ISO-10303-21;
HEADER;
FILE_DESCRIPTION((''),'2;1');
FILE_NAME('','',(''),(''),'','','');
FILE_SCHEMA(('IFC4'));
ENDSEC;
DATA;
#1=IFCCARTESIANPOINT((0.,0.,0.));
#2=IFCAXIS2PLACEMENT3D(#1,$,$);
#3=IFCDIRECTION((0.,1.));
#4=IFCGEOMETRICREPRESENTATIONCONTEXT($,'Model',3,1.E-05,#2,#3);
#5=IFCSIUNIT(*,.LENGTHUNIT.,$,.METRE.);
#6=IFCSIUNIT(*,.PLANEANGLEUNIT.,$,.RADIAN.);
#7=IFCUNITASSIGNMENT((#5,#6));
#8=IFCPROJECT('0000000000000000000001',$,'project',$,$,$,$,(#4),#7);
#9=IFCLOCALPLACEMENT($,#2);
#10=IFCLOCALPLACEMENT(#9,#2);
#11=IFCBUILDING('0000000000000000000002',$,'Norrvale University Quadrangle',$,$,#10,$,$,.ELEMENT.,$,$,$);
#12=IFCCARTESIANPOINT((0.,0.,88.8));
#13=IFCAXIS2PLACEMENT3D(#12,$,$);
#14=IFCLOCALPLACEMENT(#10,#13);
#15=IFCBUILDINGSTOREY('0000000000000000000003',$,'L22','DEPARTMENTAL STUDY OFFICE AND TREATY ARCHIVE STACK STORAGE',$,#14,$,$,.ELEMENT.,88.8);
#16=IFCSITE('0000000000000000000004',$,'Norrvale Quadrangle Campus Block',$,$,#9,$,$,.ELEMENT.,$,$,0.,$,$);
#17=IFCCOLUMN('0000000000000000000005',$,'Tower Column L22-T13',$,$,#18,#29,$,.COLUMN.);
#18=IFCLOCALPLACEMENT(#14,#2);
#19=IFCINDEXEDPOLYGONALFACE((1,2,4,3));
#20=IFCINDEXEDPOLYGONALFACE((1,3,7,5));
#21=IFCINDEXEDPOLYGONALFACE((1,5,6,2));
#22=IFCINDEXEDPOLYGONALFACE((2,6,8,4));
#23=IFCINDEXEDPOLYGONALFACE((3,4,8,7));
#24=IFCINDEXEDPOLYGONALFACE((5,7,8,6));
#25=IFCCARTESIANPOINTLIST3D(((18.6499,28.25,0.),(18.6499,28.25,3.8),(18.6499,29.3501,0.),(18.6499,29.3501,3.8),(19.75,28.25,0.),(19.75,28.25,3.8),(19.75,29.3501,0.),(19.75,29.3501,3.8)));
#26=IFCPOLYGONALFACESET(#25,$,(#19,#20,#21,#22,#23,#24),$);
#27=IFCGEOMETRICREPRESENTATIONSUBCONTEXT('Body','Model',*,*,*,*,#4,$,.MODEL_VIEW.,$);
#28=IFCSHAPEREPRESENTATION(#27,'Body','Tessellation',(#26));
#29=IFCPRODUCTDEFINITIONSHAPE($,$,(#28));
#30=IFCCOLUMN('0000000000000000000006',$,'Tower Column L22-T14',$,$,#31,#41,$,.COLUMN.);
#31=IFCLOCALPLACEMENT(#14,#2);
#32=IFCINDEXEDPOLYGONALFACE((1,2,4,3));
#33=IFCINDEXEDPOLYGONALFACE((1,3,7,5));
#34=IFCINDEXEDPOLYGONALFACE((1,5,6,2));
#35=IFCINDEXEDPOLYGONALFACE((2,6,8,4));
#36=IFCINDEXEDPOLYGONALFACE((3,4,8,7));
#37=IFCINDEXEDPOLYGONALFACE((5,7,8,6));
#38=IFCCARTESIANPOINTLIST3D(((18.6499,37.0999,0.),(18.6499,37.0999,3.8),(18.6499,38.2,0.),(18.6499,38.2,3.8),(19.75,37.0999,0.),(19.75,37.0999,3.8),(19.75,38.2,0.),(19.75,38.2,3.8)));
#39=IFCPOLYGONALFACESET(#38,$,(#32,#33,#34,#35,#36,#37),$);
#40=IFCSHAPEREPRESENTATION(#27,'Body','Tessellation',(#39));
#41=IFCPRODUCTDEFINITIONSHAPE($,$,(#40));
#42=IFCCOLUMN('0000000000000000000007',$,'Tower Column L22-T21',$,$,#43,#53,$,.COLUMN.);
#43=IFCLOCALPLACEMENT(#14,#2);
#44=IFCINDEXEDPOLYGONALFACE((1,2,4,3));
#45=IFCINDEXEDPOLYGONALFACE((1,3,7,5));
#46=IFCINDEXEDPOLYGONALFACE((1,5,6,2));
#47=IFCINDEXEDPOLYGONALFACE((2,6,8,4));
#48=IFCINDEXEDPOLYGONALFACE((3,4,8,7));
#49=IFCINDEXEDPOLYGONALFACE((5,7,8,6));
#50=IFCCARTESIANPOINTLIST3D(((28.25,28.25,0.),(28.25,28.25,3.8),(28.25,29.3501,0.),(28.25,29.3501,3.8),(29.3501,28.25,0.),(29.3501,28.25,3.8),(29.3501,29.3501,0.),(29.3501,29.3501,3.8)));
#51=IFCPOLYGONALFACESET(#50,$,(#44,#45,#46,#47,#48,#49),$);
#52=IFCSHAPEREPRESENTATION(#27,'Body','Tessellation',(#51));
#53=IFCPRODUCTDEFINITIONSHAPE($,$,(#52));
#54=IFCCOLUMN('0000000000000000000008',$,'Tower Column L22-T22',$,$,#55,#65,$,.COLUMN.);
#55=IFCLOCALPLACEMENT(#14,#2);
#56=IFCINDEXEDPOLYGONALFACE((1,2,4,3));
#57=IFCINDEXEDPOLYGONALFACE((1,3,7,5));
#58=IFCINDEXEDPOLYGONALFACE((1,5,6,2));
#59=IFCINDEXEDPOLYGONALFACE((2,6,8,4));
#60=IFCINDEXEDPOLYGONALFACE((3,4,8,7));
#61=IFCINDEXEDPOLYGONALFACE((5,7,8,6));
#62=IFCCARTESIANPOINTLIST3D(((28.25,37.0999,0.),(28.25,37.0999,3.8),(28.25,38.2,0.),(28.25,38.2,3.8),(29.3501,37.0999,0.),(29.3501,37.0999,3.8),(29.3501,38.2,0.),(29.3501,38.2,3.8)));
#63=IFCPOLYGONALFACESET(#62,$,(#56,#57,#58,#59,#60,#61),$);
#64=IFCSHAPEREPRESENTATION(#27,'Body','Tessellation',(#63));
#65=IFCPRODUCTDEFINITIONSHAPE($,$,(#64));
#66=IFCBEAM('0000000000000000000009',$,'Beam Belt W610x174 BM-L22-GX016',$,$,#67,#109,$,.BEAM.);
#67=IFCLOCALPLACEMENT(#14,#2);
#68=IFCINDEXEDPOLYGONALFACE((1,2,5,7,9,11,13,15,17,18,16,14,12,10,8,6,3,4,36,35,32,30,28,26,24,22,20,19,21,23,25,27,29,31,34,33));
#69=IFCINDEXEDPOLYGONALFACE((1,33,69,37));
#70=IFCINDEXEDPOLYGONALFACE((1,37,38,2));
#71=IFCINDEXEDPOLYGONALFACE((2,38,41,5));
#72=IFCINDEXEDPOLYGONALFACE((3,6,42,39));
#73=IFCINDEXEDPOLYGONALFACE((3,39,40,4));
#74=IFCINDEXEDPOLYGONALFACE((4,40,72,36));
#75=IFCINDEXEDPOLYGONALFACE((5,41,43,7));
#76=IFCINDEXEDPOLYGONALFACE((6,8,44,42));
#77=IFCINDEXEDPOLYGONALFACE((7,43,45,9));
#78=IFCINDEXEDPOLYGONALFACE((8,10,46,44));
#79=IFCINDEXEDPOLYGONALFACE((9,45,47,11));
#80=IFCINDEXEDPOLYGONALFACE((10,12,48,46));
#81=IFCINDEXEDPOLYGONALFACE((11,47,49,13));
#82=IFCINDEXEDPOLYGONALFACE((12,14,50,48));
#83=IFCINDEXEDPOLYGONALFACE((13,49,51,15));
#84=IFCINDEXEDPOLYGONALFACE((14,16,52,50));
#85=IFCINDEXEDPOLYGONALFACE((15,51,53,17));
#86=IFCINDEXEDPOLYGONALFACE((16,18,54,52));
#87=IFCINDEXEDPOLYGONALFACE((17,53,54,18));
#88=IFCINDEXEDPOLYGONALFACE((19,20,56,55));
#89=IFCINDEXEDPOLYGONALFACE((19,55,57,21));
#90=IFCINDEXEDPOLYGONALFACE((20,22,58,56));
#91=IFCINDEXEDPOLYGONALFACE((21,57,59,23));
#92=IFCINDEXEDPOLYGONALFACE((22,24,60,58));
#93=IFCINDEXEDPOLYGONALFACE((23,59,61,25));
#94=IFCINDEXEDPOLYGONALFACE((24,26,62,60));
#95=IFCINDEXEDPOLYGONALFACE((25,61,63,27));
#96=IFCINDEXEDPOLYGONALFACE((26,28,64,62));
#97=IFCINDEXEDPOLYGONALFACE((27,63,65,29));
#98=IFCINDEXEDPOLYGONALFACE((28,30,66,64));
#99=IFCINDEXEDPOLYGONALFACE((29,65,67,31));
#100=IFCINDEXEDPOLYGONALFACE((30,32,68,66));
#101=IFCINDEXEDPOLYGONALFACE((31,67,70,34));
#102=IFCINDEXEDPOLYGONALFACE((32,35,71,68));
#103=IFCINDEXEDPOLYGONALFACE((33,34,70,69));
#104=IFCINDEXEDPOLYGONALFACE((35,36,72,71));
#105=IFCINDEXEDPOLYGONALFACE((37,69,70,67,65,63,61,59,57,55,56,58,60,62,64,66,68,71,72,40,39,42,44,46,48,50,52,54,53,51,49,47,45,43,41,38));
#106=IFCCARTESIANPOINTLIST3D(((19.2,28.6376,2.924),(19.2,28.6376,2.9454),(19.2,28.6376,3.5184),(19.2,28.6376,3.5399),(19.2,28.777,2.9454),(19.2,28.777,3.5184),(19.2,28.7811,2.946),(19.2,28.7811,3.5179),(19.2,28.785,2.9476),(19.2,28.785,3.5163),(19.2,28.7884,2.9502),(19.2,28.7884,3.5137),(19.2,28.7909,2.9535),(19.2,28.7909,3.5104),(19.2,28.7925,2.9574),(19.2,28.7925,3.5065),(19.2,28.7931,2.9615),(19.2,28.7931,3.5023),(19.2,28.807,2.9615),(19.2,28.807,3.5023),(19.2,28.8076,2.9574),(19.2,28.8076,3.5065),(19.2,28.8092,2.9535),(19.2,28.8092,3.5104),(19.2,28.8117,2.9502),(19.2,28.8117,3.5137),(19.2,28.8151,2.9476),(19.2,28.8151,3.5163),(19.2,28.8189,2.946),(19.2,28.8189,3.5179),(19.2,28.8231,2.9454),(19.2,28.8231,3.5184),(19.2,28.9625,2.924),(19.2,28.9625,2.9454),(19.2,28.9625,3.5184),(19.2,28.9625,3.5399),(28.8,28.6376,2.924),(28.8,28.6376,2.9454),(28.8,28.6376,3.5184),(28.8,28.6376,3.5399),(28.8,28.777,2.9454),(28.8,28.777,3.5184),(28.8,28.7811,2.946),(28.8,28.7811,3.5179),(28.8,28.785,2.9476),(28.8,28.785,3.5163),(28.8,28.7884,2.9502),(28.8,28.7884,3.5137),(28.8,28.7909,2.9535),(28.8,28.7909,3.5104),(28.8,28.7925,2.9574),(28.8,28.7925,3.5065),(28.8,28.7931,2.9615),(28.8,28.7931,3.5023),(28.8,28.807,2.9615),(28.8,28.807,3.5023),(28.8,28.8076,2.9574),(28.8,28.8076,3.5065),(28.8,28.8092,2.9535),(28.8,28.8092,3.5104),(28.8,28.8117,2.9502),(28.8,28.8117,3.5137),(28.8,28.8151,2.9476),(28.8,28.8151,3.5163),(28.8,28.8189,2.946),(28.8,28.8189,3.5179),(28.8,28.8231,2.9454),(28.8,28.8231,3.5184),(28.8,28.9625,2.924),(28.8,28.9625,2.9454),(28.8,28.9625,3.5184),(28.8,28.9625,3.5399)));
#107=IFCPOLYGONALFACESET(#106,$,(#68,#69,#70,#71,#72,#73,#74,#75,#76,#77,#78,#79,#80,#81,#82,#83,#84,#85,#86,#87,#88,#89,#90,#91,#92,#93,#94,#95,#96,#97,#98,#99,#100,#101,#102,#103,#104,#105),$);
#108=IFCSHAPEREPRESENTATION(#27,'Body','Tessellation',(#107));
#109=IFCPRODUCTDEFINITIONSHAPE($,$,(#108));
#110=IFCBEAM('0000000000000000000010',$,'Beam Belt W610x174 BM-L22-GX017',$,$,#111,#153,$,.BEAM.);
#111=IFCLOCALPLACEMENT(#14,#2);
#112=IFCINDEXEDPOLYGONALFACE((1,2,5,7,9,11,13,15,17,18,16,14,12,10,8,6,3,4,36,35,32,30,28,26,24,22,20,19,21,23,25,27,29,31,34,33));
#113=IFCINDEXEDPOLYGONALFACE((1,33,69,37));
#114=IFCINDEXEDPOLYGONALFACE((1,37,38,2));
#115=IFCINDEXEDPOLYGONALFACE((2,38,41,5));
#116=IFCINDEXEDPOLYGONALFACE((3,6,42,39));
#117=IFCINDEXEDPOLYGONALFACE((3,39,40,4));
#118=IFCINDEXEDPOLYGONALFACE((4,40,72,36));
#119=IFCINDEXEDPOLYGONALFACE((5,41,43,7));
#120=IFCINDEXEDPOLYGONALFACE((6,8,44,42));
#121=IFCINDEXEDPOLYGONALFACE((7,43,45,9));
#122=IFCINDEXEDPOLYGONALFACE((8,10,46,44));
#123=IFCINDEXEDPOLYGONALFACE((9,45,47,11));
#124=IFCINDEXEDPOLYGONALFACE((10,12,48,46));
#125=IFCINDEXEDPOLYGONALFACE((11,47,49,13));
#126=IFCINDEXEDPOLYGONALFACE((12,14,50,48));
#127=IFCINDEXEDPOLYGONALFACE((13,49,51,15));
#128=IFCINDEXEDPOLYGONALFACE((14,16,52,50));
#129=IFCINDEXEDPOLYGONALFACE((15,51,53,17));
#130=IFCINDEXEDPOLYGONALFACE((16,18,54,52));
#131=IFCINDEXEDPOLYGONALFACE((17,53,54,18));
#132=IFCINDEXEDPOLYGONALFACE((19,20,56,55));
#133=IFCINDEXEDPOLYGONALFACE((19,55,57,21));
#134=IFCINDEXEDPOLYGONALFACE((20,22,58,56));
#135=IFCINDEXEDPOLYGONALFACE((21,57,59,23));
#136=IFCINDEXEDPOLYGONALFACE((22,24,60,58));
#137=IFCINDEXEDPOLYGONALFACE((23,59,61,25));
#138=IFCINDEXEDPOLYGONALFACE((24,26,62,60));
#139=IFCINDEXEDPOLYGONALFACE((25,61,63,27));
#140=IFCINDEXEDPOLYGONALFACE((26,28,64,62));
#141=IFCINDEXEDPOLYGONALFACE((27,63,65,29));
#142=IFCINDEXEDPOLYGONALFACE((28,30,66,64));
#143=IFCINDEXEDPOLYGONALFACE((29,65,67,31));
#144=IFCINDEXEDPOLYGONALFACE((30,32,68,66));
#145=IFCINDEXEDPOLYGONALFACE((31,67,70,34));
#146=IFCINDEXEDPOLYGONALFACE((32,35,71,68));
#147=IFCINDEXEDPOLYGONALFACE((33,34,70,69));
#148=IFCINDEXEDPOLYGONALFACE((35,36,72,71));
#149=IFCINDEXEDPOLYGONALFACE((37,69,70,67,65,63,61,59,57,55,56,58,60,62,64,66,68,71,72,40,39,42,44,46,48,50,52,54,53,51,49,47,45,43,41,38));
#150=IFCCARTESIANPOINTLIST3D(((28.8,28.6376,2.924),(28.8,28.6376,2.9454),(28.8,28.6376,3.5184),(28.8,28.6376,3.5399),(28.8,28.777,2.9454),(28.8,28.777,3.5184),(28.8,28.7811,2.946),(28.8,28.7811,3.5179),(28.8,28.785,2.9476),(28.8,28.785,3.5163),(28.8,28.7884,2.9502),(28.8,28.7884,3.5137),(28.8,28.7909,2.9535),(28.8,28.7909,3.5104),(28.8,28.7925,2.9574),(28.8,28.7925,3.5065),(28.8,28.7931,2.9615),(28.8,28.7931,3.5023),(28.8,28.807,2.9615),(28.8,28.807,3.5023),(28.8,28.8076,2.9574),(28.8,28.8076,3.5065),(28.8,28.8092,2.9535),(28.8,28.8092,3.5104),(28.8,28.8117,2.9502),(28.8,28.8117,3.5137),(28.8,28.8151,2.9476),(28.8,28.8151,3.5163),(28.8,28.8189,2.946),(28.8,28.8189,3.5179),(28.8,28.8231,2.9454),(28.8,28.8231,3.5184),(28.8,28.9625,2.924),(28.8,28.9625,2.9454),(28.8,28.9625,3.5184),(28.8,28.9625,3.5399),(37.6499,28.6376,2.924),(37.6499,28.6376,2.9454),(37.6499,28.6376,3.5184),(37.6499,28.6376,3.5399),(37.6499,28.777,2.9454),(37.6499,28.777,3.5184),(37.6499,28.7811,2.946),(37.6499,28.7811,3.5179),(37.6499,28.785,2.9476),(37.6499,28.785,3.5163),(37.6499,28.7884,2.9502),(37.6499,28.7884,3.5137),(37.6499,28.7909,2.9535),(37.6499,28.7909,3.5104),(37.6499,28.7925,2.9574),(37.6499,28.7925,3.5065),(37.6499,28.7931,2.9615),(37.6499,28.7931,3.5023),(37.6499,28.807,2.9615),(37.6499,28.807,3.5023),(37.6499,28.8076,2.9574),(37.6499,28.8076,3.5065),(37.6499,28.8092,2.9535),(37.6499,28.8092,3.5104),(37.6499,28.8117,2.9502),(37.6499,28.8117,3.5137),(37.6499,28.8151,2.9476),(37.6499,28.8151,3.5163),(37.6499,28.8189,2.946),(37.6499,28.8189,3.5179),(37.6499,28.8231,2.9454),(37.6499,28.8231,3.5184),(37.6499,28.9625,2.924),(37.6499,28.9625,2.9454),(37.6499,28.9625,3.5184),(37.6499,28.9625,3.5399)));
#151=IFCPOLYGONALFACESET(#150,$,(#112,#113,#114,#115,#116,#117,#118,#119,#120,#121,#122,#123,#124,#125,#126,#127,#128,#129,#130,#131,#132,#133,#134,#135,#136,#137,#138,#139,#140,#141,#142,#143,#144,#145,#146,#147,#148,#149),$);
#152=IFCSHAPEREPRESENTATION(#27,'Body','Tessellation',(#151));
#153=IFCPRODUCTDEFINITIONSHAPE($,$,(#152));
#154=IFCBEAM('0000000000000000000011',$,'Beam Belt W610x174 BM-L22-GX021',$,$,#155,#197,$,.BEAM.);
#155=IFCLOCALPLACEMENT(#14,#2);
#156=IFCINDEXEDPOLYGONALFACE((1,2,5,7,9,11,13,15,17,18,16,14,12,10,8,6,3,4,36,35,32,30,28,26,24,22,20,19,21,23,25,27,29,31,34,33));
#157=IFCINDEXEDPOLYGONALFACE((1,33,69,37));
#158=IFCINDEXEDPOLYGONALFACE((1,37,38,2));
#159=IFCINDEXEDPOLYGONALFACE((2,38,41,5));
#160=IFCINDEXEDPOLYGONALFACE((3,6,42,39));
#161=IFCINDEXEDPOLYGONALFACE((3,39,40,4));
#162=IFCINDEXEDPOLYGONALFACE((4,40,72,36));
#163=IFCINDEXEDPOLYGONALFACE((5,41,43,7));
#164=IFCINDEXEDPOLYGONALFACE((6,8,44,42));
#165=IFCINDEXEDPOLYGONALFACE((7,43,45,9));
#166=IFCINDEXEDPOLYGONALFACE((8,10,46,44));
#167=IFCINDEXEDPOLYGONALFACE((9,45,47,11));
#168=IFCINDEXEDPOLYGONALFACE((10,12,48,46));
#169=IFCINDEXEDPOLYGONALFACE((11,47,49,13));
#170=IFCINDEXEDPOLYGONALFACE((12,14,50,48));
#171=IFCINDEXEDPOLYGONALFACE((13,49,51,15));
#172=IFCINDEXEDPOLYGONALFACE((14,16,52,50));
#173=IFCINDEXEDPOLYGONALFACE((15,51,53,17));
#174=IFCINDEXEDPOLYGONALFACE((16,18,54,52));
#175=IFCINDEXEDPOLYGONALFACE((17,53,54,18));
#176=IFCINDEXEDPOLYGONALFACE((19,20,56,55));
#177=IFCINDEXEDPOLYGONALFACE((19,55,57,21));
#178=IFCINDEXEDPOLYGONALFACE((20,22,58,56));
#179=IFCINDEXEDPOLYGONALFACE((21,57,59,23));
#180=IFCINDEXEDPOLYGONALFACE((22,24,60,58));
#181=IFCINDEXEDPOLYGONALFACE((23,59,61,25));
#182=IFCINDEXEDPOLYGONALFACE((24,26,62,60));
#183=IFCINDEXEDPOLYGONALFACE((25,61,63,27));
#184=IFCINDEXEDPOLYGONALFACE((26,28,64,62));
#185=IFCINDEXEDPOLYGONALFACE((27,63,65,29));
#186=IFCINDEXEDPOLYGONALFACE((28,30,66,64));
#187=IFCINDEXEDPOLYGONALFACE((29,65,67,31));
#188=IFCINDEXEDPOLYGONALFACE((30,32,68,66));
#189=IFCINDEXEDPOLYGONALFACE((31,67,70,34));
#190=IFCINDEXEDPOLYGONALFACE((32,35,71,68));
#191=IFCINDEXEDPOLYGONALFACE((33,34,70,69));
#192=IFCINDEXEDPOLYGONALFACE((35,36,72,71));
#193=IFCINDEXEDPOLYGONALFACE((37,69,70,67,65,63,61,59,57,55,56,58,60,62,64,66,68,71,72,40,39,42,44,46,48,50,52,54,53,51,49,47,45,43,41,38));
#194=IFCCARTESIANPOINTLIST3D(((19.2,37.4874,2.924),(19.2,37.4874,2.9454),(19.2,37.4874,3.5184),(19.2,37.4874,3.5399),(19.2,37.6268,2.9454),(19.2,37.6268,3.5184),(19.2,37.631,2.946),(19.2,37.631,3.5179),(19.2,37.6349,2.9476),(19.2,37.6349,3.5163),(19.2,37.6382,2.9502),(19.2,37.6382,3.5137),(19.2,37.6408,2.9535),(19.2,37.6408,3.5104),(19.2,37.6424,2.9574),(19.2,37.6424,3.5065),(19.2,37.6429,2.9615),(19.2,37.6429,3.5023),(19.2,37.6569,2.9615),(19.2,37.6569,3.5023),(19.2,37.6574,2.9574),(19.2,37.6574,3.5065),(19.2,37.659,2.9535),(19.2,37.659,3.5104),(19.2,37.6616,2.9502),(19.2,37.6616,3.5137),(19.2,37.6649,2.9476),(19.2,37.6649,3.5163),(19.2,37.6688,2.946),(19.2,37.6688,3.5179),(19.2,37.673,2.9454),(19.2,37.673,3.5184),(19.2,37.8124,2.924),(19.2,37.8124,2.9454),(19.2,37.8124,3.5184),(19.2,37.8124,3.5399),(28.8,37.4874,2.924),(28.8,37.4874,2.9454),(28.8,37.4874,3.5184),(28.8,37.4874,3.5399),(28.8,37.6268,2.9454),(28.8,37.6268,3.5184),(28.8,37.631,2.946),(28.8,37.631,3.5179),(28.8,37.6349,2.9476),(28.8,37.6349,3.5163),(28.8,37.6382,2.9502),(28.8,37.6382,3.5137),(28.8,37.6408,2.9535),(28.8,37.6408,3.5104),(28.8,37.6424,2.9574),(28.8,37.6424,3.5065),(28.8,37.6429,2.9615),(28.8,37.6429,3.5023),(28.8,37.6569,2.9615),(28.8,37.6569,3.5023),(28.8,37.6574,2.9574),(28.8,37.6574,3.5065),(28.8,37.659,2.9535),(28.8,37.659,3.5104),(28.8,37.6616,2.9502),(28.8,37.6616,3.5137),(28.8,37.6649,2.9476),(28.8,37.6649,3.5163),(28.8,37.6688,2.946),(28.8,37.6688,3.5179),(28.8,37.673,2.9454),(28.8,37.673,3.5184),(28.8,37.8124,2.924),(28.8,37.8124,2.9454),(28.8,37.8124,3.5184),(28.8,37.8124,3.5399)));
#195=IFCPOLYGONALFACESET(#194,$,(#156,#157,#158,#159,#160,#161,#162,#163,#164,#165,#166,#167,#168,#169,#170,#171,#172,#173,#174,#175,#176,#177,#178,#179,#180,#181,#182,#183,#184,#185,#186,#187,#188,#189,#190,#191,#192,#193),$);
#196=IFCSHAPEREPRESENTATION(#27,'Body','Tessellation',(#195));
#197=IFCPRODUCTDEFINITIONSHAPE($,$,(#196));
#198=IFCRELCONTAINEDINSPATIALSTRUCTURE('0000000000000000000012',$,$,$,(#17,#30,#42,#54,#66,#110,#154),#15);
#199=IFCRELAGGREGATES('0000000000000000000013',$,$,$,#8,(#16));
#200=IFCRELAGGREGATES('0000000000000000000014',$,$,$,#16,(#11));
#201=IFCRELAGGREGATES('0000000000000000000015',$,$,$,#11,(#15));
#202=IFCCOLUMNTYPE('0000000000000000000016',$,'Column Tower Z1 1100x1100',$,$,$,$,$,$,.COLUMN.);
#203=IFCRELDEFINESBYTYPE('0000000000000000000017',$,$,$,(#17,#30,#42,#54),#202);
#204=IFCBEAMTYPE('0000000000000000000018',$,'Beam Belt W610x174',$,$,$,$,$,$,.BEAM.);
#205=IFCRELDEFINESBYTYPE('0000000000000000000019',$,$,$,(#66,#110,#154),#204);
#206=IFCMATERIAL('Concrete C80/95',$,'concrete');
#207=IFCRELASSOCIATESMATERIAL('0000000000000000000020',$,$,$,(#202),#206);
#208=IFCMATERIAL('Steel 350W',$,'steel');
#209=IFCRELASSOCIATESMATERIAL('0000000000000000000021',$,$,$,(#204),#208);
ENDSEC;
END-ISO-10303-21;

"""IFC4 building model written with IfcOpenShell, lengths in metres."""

from ifc_helpers import new_model, si_unit, direction, frame, origin, origin_2d, place, context, subcontext, project, spatial, rectangle, i_section, extrude, material, material_profile, profile_set, type_object, element, save


model = new_model("IFC4")

# Units and contexts
model_context = context("Model", 3, precision=1e-05, world=origin(), true_north=direction((0.0, 1.0)))
body_context = subcontext(model_context, "Body", "Model", "MODEL_VIEW")
ifc_project = project(units=[si_unit("LENGTHUNIT", "METRE"), si_unit("PLANEANGLEUNIT", "RADIAN")], contexts=[model_context])

# Site, building, storey
site_placement = place(None, origin())
site = spatial("IfcSite", under=ifc_project, at=site_placement, Name="Norrvale Quadrangle Campus Block", CompositionType="ELEMENT", RefElevation=0.0)
building_placement = place(site_placement, origin())
building = spatial("IfcBuilding", under=site, at=building_placement, Name="Norrvale University Quadrangle", CompositionType="ELEMENT")
storey_placement = place(building_placement, frame((0.0, 0.0, 88.8)))
storey = spatial("IfcBuildingStorey", under=building, at=storey_placement, Name="L22", Description="DEPARTMENTAL STUDY OFFICE AND TREATY ARCHIVE STACK STORAGE", CompositionType="ELEMENT", Elevation=88.8)

# Columns
ifc_material_1 = material(Name="Concrete C80/95", Category="concrete")
ifc_material_profile_1 = material_profile(ifc_material_1, rectangle(XDim=1.1001, YDim=1.1001, at=origin_2d()), Name="Concrete C80/95")
ifc_profile_set_1 = profile_set([ifc_material_profile_1], Name="Concrete C80/95")
column_type = type_object("IfcColumnType", Name="Column Tower Z1 1100x1100", PredefinedType="COLUMN", material=ifc_profile_set_1)
for number, where, z_axis, x_axis, name in (
    (1, (19.2, 28.8, 0.0), (0.0, 0.0, 1.0), (1.0, 0.0, 0.0), "Tower Column L22-T13"),
    (2, (19.2, 37.6499, 0.0), (0.0, 0.0, 1.0), (1.0, 0.0, 0.0), "Tower Column L22-T14"),
    (3, (28.8, 28.8, 0.0), (0.0, 0.0, 1.0), (1.0, 0.0, 0.0), "Tower Column L22-T21"),
    (4, (28.8, 37.6499, 0.0), (0.0, 0.0, 1.0), (1.0, 0.0, 0.0), "Tower Column L22-T22"),
):
    element("IfcColumn", number, at=place(storey_placement, frame(where, z_axis=z_axis, x_axis=x_axis)), inside=storey, type_object=column_type, Name=name, PredefinedType="COLUMN", context=body_context, shape_type="SweptSolid", body=[
        extrude(rectangle(XDim=1.1001, YDim=1.1001, at=origin_2d()), origin(), (0.0, 0.0, 1.0), 3.8),
    ])

# Beams
ifc_material_2 = material(Name="Steel 350W", Category="steel")
ifc_material_profile_2 = material_profile(ifc_material_2, i_section(OverallWidth=0.325, OverallDepth=0.616, WebThickness=0.0139, FlangeThickness=0.0215, FilletRadius=0.0161, at=origin_2d()), Name="Steel 350W")
ifc_profile_set_2 = profile_set([ifc_material_profile_2], Name="Steel 350W")
beam_type_1 = type_object("IfcBeamType", Name="Beam Belt W610x174", PredefinedType="BEAM", material=ifc_profile_set_2)
beam_1_placement = place(storey_placement, frame((19.2, 28.8, 3.2319), z_axis=(1.0, 0.0, 0.0), x_axis=(0.0, 1.0, 0.0)))
element("IfcBeam", 5, at=beam_1_placement, inside=storey, type_object=beam_type_1, Name="Beam Belt W610x174 BM-L22-GX016", PredefinedType="BEAM", context=body_context, shape_type="SweptSolid", body=[
    extrude(i_section(OverallWidth=0.325, OverallDepth=0.616, WebThickness=0.0139, FlangeThickness=0.0215, FilletRadius=0.0161, at=origin_2d()), origin(), (0.0, 0.0, 1.0), 9.6001),
])
beam_2_placement = place(storey_placement, frame((28.8, 28.8, 3.2319), z_axis=(1.0, 0.0, 0.0), x_axis=(0.0, 1.0, 0.0)))
element("IfcBeam", 6, at=beam_2_placement, inside=storey, type_object=beam_type_1, Name="Beam Belt W610x174 BM-L22-GX017", PredefinedType="BEAM", context=body_context, shape_type="SweptSolid", body=[
    extrude(i_section(OverallWidth=0.325, OverallDepth=0.616, WebThickness=0.0139, FlangeThickness=0.0215, FilletRadius=0.0161, at=origin_2d()), origin(), (0.0, 0.0, 1.0), 8.8499),
])
beam_3_placement = place(storey_placement, frame((19.2, 37.6499, 3.2319), z_axis=(1.0, 0.0, 0.0), x_axis=(0.0, 1.0, 0.0)))
element("IfcBeam", 7, at=beam_3_placement, inside=storey, type_object=beam_type_1, Name="Beam Belt W610x174 BM-L22-GX021", PredefinedType="BEAM", context=body_context, shape_type="SweptSolid", body=[
    extrude(i_section(OverallWidth=0.325, OverallDepth=0.616, WebThickness=0.0139, FlangeThickness=0.0215, FilletRadius=0.0161, at=origin_2d()), origin(), (0.0, 0.0, 1.0), 9.6001),
])

save(model, "model.ifc")
